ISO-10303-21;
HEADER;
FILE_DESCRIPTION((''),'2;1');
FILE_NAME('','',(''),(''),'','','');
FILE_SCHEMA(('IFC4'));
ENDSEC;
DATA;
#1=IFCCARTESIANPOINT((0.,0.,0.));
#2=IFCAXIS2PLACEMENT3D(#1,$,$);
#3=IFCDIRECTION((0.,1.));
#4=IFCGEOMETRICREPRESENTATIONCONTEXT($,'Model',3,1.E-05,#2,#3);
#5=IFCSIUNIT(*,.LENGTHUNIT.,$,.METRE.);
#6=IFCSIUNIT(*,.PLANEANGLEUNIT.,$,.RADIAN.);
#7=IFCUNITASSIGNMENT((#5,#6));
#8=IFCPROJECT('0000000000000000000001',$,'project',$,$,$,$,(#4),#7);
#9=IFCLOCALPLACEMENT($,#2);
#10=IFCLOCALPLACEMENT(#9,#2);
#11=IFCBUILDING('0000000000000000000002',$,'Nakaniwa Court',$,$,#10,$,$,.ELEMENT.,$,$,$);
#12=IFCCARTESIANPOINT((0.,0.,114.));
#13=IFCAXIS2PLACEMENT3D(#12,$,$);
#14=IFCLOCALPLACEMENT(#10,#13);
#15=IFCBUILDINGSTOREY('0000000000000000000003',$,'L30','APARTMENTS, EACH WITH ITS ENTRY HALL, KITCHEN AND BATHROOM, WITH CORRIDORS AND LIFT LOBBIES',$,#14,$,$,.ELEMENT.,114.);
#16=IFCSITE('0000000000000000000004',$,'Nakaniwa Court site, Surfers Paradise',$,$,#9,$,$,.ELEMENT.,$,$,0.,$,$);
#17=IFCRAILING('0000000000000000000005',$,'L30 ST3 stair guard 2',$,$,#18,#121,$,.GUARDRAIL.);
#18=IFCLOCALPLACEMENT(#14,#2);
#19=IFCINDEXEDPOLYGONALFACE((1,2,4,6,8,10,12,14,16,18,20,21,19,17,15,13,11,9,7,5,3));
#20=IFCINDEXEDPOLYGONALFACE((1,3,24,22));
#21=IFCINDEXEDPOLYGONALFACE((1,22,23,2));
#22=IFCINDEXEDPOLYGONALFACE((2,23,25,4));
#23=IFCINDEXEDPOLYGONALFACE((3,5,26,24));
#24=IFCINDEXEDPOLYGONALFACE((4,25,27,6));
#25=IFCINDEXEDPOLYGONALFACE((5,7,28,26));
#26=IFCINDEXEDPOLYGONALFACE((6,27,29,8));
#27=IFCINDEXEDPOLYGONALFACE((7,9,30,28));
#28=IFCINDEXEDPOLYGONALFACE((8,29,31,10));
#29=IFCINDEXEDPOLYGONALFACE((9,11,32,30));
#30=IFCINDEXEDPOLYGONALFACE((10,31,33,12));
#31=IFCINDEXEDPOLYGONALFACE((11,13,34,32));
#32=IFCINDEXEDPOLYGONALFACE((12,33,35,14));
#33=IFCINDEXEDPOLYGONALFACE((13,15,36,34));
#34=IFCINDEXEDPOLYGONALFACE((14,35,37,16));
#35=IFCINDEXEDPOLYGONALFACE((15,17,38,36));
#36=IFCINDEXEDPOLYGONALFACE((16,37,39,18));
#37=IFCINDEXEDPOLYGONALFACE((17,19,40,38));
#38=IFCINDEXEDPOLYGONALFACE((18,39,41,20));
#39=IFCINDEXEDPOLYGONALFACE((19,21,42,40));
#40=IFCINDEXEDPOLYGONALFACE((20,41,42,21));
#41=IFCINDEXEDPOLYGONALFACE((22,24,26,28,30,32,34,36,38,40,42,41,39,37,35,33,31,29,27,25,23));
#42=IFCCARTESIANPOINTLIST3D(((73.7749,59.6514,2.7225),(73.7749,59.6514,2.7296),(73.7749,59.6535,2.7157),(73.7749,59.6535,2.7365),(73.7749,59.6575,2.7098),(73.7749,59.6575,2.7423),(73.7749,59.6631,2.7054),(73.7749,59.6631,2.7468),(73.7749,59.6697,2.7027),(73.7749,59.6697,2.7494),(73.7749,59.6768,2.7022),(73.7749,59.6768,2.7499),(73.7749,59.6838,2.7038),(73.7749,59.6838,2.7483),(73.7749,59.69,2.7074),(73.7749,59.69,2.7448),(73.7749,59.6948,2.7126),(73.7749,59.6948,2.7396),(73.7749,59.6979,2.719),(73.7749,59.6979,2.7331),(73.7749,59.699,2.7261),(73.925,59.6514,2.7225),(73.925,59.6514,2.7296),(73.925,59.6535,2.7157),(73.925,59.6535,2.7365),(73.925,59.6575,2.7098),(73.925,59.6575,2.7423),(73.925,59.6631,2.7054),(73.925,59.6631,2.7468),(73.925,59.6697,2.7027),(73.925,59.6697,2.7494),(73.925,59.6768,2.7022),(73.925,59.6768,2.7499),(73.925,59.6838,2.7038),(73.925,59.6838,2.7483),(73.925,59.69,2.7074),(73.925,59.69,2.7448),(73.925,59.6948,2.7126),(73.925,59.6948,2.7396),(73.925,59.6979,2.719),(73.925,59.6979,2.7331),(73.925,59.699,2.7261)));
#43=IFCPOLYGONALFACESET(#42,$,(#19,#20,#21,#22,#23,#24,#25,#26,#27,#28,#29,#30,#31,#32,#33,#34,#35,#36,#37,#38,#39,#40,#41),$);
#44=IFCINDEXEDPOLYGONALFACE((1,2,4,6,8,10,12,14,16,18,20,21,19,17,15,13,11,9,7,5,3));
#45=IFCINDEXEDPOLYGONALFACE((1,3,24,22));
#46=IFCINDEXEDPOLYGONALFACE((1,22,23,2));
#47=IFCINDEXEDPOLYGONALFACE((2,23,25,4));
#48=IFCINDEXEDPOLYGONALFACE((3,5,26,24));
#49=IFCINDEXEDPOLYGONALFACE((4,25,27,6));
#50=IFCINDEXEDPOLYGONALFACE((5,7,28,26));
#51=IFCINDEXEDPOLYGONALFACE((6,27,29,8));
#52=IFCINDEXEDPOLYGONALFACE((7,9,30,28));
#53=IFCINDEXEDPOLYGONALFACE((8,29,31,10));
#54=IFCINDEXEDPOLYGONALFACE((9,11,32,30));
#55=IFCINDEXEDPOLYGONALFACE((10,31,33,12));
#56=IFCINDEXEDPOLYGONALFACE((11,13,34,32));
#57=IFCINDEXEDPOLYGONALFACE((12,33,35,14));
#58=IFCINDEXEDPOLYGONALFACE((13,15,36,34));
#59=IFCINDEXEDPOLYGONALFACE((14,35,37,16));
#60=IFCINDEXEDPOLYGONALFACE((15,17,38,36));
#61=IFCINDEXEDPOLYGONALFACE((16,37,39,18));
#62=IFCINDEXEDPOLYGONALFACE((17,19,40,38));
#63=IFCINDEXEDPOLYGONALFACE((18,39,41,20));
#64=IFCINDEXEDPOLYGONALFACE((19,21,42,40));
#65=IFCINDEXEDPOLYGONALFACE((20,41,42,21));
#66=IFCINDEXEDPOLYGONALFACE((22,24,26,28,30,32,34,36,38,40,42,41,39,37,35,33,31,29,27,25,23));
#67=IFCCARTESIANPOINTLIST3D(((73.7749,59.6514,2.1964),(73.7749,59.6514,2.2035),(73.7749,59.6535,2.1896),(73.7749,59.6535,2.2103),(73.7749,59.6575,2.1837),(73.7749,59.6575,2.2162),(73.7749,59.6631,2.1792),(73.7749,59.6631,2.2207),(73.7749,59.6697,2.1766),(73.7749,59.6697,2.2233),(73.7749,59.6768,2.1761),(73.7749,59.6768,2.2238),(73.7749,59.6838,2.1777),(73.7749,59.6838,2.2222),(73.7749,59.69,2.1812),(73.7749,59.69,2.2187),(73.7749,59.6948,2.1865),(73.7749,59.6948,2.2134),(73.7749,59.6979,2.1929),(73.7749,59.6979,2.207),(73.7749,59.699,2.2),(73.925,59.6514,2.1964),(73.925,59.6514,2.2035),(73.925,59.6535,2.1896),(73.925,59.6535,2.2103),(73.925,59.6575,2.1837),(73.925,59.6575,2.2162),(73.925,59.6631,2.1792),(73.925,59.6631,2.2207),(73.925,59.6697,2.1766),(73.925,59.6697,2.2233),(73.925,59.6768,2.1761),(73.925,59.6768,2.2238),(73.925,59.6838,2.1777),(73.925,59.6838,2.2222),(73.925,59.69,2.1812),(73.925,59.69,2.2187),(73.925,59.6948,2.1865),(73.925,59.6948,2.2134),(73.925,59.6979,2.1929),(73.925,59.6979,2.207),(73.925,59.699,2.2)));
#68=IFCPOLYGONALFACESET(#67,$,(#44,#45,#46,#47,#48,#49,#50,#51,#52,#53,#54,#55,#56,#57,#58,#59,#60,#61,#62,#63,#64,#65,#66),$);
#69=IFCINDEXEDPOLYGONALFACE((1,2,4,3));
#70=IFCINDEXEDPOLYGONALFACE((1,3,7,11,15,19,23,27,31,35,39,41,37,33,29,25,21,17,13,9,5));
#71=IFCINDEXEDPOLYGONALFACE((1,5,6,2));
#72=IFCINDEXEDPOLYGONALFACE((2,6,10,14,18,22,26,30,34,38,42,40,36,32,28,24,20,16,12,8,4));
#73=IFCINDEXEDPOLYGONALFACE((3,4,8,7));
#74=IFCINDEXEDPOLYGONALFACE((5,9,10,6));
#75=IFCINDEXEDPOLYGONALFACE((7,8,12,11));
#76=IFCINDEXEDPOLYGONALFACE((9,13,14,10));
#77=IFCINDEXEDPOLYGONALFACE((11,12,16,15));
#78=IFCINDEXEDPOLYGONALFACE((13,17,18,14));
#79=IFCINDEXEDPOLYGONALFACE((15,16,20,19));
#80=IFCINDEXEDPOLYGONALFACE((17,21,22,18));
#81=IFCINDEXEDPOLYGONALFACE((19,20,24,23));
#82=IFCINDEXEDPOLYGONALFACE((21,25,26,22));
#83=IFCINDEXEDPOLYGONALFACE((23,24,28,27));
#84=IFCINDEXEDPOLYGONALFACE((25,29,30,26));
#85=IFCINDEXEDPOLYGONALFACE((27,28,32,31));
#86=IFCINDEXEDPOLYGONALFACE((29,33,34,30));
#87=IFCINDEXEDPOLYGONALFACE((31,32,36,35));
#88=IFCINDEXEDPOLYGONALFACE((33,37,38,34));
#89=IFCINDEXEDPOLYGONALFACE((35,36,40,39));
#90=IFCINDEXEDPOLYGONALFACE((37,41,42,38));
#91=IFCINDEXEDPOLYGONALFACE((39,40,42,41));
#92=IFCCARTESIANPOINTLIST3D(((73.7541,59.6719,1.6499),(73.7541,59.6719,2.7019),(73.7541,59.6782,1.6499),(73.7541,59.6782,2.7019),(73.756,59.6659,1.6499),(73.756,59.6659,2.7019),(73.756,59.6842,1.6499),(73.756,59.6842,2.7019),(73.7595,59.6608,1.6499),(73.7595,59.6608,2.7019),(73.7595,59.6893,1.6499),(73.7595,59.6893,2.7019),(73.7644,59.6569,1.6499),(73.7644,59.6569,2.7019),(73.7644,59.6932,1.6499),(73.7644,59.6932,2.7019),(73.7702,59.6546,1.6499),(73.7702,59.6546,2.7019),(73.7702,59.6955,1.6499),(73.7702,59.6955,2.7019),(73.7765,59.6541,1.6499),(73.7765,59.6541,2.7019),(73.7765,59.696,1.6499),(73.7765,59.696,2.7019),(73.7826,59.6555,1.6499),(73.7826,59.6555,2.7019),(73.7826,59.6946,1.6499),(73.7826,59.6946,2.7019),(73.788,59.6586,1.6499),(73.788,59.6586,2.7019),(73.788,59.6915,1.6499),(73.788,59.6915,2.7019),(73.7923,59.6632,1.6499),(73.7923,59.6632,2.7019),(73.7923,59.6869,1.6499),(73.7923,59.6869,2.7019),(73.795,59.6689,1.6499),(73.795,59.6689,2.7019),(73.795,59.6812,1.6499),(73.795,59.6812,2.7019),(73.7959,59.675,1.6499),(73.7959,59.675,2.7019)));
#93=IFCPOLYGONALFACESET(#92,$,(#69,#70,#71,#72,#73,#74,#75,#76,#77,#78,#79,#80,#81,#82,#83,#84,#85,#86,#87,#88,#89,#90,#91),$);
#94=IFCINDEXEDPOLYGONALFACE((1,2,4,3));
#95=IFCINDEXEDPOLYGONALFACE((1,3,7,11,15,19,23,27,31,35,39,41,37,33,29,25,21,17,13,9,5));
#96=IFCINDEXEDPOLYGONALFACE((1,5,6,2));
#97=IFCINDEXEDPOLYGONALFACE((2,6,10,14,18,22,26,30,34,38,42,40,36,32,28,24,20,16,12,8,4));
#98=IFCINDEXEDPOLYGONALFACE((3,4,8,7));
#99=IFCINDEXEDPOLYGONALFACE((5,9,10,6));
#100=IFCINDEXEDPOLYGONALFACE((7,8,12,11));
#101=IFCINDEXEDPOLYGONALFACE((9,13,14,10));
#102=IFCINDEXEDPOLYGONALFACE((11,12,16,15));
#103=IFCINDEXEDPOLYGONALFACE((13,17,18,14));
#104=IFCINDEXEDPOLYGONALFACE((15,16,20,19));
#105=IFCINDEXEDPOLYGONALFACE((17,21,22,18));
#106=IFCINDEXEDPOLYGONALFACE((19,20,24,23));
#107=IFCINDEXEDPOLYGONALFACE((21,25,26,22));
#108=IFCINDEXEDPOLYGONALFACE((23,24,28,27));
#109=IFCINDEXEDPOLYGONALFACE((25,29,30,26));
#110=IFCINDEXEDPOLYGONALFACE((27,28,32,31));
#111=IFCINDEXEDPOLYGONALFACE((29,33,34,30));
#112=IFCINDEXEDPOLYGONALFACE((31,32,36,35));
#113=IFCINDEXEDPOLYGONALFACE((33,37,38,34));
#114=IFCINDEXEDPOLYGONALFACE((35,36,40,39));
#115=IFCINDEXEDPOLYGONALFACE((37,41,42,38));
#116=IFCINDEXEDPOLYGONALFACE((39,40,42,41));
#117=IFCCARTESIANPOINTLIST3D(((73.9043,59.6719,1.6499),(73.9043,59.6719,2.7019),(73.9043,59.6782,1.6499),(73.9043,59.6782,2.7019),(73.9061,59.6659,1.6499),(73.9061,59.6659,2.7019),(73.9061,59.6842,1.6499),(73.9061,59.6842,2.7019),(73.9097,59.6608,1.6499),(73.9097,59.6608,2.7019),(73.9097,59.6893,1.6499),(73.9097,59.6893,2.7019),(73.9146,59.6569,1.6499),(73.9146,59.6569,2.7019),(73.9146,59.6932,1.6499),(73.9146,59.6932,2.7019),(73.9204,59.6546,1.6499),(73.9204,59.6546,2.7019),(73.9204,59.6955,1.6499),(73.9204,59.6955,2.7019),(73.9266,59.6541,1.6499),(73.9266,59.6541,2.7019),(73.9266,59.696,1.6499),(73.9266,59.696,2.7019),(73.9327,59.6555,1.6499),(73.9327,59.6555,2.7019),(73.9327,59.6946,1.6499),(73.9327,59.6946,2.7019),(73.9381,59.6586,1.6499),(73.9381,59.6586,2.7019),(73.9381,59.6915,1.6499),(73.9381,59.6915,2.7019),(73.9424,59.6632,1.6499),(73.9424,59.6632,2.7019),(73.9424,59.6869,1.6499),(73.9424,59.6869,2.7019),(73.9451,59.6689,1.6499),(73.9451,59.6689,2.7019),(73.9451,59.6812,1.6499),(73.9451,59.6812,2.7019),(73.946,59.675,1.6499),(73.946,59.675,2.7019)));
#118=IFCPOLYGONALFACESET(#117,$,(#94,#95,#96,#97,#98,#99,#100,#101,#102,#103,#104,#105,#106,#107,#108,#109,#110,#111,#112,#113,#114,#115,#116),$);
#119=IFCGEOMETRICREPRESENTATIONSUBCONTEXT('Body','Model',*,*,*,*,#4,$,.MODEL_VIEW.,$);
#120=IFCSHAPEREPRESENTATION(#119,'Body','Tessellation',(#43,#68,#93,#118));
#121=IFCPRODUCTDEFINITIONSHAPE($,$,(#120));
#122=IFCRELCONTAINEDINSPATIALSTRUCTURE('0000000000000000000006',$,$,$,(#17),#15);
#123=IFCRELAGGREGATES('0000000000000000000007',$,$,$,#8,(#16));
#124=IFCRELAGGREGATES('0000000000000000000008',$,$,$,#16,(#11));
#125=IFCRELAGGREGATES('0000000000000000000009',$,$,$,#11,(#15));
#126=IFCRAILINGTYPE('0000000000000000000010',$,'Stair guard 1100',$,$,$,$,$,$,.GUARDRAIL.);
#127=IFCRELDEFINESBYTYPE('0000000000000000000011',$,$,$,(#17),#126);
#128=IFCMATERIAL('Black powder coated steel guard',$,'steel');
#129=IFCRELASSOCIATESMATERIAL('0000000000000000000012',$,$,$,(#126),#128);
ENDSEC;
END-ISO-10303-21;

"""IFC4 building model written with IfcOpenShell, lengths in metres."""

from ifc_helpers import new_model, si_unit, direction, frame, origin, origin_2d, place, context, subcontext, project, spatial, circle, extrude, material, type_object, element, save


model = new_model("IFC4")

# Units and contexts
model_context = context("Model", 3, precision=1e-05, world=origin(), true_north=direction((0.0, 1.0)))
body_context = subcontext(model_context, "Body", "Model", "MODEL_VIEW")
ifc_project = project(units=[si_unit("LENGTHUNIT", "METRE"), si_unit("PLANEANGLEUNIT", "RADIAN")], contexts=[model_context])

# Site, building, storey
site_placement = place(None, origin())
site = spatial("IfcSite", under=ifc_project, at=site_placement, Name="Nakaniwa Court site, Surfers Paradise", CompositionType="ELEMENT", RefElevation=0.0)
building_placement = place(site_placement, origin())
building = spatial("IfcBuilding", under=site, at=building_placement, Name="Nakaniwa Court", CompositionType="ELEMENT")
storey_placement = place(building_placement, frame((0.0, 0.0, 114.0)))
storey = spatial("IfcBuildingStorey", under=building, at=storey_placement, Name="L30", Description="APARTMENTS, EACH WITH ITS ENTRY HALL, KITCHEN AND BATHROOM, WITH CORRIDORS AND LIFT LOBBIES", CompositionType="ELEMENT", Elevation=114.0)

# Railing
ifc_material_1 = material(Name="Black powder coated steel guard", Category="steel")
railing_type_1 = type_object("IfcRailingType", Name="Stair guard 1100", PredefinedType="GUARDRAIL", material=ifc_material_1)
railing_1_placement = place(storey_placement, frame((73.7749, 59.675, 1.6499)))
element("IfcRailing", 1, at=railing_1_placement, inside=storey, type_object=railing_type_1, Name="L30 ST3 stair guard 2", PredefinedType="GUARDRAIL", context=body_context, shape_type="SweptSolid", body=[
    extrude(circle(Radius=0.0239, at=origin_2d()), frame((0.0, 0.0, 1.0762), z_axis=(1.0, 0.0, 0.0), x_axis=(0.0, 1.0, 0.0)), (0.0, 0.0, 1.0), 0.1501),
    extrude(circle(Radius=0.0239, at=origin_2d()), frame((0.0, 0.0, 0.55), z_axis=(1.0, 0.0, 0.0), x_axis=(0.0, 1.0, 0.0)), (0.0, 0.0, 1.0), 0.1501),
    extrude(circle(Radius=0.021, at=origin_2d()), origin(), (0.0, 0.0, 1.0), 1.052),
    extrude(circle(Radius=0.021, at=origin_2d()), frame((0.1501, 0.0, 0.0)), (0.0, 0.0, 1.0), 1.052),
])

save(model, "model.ifc")
